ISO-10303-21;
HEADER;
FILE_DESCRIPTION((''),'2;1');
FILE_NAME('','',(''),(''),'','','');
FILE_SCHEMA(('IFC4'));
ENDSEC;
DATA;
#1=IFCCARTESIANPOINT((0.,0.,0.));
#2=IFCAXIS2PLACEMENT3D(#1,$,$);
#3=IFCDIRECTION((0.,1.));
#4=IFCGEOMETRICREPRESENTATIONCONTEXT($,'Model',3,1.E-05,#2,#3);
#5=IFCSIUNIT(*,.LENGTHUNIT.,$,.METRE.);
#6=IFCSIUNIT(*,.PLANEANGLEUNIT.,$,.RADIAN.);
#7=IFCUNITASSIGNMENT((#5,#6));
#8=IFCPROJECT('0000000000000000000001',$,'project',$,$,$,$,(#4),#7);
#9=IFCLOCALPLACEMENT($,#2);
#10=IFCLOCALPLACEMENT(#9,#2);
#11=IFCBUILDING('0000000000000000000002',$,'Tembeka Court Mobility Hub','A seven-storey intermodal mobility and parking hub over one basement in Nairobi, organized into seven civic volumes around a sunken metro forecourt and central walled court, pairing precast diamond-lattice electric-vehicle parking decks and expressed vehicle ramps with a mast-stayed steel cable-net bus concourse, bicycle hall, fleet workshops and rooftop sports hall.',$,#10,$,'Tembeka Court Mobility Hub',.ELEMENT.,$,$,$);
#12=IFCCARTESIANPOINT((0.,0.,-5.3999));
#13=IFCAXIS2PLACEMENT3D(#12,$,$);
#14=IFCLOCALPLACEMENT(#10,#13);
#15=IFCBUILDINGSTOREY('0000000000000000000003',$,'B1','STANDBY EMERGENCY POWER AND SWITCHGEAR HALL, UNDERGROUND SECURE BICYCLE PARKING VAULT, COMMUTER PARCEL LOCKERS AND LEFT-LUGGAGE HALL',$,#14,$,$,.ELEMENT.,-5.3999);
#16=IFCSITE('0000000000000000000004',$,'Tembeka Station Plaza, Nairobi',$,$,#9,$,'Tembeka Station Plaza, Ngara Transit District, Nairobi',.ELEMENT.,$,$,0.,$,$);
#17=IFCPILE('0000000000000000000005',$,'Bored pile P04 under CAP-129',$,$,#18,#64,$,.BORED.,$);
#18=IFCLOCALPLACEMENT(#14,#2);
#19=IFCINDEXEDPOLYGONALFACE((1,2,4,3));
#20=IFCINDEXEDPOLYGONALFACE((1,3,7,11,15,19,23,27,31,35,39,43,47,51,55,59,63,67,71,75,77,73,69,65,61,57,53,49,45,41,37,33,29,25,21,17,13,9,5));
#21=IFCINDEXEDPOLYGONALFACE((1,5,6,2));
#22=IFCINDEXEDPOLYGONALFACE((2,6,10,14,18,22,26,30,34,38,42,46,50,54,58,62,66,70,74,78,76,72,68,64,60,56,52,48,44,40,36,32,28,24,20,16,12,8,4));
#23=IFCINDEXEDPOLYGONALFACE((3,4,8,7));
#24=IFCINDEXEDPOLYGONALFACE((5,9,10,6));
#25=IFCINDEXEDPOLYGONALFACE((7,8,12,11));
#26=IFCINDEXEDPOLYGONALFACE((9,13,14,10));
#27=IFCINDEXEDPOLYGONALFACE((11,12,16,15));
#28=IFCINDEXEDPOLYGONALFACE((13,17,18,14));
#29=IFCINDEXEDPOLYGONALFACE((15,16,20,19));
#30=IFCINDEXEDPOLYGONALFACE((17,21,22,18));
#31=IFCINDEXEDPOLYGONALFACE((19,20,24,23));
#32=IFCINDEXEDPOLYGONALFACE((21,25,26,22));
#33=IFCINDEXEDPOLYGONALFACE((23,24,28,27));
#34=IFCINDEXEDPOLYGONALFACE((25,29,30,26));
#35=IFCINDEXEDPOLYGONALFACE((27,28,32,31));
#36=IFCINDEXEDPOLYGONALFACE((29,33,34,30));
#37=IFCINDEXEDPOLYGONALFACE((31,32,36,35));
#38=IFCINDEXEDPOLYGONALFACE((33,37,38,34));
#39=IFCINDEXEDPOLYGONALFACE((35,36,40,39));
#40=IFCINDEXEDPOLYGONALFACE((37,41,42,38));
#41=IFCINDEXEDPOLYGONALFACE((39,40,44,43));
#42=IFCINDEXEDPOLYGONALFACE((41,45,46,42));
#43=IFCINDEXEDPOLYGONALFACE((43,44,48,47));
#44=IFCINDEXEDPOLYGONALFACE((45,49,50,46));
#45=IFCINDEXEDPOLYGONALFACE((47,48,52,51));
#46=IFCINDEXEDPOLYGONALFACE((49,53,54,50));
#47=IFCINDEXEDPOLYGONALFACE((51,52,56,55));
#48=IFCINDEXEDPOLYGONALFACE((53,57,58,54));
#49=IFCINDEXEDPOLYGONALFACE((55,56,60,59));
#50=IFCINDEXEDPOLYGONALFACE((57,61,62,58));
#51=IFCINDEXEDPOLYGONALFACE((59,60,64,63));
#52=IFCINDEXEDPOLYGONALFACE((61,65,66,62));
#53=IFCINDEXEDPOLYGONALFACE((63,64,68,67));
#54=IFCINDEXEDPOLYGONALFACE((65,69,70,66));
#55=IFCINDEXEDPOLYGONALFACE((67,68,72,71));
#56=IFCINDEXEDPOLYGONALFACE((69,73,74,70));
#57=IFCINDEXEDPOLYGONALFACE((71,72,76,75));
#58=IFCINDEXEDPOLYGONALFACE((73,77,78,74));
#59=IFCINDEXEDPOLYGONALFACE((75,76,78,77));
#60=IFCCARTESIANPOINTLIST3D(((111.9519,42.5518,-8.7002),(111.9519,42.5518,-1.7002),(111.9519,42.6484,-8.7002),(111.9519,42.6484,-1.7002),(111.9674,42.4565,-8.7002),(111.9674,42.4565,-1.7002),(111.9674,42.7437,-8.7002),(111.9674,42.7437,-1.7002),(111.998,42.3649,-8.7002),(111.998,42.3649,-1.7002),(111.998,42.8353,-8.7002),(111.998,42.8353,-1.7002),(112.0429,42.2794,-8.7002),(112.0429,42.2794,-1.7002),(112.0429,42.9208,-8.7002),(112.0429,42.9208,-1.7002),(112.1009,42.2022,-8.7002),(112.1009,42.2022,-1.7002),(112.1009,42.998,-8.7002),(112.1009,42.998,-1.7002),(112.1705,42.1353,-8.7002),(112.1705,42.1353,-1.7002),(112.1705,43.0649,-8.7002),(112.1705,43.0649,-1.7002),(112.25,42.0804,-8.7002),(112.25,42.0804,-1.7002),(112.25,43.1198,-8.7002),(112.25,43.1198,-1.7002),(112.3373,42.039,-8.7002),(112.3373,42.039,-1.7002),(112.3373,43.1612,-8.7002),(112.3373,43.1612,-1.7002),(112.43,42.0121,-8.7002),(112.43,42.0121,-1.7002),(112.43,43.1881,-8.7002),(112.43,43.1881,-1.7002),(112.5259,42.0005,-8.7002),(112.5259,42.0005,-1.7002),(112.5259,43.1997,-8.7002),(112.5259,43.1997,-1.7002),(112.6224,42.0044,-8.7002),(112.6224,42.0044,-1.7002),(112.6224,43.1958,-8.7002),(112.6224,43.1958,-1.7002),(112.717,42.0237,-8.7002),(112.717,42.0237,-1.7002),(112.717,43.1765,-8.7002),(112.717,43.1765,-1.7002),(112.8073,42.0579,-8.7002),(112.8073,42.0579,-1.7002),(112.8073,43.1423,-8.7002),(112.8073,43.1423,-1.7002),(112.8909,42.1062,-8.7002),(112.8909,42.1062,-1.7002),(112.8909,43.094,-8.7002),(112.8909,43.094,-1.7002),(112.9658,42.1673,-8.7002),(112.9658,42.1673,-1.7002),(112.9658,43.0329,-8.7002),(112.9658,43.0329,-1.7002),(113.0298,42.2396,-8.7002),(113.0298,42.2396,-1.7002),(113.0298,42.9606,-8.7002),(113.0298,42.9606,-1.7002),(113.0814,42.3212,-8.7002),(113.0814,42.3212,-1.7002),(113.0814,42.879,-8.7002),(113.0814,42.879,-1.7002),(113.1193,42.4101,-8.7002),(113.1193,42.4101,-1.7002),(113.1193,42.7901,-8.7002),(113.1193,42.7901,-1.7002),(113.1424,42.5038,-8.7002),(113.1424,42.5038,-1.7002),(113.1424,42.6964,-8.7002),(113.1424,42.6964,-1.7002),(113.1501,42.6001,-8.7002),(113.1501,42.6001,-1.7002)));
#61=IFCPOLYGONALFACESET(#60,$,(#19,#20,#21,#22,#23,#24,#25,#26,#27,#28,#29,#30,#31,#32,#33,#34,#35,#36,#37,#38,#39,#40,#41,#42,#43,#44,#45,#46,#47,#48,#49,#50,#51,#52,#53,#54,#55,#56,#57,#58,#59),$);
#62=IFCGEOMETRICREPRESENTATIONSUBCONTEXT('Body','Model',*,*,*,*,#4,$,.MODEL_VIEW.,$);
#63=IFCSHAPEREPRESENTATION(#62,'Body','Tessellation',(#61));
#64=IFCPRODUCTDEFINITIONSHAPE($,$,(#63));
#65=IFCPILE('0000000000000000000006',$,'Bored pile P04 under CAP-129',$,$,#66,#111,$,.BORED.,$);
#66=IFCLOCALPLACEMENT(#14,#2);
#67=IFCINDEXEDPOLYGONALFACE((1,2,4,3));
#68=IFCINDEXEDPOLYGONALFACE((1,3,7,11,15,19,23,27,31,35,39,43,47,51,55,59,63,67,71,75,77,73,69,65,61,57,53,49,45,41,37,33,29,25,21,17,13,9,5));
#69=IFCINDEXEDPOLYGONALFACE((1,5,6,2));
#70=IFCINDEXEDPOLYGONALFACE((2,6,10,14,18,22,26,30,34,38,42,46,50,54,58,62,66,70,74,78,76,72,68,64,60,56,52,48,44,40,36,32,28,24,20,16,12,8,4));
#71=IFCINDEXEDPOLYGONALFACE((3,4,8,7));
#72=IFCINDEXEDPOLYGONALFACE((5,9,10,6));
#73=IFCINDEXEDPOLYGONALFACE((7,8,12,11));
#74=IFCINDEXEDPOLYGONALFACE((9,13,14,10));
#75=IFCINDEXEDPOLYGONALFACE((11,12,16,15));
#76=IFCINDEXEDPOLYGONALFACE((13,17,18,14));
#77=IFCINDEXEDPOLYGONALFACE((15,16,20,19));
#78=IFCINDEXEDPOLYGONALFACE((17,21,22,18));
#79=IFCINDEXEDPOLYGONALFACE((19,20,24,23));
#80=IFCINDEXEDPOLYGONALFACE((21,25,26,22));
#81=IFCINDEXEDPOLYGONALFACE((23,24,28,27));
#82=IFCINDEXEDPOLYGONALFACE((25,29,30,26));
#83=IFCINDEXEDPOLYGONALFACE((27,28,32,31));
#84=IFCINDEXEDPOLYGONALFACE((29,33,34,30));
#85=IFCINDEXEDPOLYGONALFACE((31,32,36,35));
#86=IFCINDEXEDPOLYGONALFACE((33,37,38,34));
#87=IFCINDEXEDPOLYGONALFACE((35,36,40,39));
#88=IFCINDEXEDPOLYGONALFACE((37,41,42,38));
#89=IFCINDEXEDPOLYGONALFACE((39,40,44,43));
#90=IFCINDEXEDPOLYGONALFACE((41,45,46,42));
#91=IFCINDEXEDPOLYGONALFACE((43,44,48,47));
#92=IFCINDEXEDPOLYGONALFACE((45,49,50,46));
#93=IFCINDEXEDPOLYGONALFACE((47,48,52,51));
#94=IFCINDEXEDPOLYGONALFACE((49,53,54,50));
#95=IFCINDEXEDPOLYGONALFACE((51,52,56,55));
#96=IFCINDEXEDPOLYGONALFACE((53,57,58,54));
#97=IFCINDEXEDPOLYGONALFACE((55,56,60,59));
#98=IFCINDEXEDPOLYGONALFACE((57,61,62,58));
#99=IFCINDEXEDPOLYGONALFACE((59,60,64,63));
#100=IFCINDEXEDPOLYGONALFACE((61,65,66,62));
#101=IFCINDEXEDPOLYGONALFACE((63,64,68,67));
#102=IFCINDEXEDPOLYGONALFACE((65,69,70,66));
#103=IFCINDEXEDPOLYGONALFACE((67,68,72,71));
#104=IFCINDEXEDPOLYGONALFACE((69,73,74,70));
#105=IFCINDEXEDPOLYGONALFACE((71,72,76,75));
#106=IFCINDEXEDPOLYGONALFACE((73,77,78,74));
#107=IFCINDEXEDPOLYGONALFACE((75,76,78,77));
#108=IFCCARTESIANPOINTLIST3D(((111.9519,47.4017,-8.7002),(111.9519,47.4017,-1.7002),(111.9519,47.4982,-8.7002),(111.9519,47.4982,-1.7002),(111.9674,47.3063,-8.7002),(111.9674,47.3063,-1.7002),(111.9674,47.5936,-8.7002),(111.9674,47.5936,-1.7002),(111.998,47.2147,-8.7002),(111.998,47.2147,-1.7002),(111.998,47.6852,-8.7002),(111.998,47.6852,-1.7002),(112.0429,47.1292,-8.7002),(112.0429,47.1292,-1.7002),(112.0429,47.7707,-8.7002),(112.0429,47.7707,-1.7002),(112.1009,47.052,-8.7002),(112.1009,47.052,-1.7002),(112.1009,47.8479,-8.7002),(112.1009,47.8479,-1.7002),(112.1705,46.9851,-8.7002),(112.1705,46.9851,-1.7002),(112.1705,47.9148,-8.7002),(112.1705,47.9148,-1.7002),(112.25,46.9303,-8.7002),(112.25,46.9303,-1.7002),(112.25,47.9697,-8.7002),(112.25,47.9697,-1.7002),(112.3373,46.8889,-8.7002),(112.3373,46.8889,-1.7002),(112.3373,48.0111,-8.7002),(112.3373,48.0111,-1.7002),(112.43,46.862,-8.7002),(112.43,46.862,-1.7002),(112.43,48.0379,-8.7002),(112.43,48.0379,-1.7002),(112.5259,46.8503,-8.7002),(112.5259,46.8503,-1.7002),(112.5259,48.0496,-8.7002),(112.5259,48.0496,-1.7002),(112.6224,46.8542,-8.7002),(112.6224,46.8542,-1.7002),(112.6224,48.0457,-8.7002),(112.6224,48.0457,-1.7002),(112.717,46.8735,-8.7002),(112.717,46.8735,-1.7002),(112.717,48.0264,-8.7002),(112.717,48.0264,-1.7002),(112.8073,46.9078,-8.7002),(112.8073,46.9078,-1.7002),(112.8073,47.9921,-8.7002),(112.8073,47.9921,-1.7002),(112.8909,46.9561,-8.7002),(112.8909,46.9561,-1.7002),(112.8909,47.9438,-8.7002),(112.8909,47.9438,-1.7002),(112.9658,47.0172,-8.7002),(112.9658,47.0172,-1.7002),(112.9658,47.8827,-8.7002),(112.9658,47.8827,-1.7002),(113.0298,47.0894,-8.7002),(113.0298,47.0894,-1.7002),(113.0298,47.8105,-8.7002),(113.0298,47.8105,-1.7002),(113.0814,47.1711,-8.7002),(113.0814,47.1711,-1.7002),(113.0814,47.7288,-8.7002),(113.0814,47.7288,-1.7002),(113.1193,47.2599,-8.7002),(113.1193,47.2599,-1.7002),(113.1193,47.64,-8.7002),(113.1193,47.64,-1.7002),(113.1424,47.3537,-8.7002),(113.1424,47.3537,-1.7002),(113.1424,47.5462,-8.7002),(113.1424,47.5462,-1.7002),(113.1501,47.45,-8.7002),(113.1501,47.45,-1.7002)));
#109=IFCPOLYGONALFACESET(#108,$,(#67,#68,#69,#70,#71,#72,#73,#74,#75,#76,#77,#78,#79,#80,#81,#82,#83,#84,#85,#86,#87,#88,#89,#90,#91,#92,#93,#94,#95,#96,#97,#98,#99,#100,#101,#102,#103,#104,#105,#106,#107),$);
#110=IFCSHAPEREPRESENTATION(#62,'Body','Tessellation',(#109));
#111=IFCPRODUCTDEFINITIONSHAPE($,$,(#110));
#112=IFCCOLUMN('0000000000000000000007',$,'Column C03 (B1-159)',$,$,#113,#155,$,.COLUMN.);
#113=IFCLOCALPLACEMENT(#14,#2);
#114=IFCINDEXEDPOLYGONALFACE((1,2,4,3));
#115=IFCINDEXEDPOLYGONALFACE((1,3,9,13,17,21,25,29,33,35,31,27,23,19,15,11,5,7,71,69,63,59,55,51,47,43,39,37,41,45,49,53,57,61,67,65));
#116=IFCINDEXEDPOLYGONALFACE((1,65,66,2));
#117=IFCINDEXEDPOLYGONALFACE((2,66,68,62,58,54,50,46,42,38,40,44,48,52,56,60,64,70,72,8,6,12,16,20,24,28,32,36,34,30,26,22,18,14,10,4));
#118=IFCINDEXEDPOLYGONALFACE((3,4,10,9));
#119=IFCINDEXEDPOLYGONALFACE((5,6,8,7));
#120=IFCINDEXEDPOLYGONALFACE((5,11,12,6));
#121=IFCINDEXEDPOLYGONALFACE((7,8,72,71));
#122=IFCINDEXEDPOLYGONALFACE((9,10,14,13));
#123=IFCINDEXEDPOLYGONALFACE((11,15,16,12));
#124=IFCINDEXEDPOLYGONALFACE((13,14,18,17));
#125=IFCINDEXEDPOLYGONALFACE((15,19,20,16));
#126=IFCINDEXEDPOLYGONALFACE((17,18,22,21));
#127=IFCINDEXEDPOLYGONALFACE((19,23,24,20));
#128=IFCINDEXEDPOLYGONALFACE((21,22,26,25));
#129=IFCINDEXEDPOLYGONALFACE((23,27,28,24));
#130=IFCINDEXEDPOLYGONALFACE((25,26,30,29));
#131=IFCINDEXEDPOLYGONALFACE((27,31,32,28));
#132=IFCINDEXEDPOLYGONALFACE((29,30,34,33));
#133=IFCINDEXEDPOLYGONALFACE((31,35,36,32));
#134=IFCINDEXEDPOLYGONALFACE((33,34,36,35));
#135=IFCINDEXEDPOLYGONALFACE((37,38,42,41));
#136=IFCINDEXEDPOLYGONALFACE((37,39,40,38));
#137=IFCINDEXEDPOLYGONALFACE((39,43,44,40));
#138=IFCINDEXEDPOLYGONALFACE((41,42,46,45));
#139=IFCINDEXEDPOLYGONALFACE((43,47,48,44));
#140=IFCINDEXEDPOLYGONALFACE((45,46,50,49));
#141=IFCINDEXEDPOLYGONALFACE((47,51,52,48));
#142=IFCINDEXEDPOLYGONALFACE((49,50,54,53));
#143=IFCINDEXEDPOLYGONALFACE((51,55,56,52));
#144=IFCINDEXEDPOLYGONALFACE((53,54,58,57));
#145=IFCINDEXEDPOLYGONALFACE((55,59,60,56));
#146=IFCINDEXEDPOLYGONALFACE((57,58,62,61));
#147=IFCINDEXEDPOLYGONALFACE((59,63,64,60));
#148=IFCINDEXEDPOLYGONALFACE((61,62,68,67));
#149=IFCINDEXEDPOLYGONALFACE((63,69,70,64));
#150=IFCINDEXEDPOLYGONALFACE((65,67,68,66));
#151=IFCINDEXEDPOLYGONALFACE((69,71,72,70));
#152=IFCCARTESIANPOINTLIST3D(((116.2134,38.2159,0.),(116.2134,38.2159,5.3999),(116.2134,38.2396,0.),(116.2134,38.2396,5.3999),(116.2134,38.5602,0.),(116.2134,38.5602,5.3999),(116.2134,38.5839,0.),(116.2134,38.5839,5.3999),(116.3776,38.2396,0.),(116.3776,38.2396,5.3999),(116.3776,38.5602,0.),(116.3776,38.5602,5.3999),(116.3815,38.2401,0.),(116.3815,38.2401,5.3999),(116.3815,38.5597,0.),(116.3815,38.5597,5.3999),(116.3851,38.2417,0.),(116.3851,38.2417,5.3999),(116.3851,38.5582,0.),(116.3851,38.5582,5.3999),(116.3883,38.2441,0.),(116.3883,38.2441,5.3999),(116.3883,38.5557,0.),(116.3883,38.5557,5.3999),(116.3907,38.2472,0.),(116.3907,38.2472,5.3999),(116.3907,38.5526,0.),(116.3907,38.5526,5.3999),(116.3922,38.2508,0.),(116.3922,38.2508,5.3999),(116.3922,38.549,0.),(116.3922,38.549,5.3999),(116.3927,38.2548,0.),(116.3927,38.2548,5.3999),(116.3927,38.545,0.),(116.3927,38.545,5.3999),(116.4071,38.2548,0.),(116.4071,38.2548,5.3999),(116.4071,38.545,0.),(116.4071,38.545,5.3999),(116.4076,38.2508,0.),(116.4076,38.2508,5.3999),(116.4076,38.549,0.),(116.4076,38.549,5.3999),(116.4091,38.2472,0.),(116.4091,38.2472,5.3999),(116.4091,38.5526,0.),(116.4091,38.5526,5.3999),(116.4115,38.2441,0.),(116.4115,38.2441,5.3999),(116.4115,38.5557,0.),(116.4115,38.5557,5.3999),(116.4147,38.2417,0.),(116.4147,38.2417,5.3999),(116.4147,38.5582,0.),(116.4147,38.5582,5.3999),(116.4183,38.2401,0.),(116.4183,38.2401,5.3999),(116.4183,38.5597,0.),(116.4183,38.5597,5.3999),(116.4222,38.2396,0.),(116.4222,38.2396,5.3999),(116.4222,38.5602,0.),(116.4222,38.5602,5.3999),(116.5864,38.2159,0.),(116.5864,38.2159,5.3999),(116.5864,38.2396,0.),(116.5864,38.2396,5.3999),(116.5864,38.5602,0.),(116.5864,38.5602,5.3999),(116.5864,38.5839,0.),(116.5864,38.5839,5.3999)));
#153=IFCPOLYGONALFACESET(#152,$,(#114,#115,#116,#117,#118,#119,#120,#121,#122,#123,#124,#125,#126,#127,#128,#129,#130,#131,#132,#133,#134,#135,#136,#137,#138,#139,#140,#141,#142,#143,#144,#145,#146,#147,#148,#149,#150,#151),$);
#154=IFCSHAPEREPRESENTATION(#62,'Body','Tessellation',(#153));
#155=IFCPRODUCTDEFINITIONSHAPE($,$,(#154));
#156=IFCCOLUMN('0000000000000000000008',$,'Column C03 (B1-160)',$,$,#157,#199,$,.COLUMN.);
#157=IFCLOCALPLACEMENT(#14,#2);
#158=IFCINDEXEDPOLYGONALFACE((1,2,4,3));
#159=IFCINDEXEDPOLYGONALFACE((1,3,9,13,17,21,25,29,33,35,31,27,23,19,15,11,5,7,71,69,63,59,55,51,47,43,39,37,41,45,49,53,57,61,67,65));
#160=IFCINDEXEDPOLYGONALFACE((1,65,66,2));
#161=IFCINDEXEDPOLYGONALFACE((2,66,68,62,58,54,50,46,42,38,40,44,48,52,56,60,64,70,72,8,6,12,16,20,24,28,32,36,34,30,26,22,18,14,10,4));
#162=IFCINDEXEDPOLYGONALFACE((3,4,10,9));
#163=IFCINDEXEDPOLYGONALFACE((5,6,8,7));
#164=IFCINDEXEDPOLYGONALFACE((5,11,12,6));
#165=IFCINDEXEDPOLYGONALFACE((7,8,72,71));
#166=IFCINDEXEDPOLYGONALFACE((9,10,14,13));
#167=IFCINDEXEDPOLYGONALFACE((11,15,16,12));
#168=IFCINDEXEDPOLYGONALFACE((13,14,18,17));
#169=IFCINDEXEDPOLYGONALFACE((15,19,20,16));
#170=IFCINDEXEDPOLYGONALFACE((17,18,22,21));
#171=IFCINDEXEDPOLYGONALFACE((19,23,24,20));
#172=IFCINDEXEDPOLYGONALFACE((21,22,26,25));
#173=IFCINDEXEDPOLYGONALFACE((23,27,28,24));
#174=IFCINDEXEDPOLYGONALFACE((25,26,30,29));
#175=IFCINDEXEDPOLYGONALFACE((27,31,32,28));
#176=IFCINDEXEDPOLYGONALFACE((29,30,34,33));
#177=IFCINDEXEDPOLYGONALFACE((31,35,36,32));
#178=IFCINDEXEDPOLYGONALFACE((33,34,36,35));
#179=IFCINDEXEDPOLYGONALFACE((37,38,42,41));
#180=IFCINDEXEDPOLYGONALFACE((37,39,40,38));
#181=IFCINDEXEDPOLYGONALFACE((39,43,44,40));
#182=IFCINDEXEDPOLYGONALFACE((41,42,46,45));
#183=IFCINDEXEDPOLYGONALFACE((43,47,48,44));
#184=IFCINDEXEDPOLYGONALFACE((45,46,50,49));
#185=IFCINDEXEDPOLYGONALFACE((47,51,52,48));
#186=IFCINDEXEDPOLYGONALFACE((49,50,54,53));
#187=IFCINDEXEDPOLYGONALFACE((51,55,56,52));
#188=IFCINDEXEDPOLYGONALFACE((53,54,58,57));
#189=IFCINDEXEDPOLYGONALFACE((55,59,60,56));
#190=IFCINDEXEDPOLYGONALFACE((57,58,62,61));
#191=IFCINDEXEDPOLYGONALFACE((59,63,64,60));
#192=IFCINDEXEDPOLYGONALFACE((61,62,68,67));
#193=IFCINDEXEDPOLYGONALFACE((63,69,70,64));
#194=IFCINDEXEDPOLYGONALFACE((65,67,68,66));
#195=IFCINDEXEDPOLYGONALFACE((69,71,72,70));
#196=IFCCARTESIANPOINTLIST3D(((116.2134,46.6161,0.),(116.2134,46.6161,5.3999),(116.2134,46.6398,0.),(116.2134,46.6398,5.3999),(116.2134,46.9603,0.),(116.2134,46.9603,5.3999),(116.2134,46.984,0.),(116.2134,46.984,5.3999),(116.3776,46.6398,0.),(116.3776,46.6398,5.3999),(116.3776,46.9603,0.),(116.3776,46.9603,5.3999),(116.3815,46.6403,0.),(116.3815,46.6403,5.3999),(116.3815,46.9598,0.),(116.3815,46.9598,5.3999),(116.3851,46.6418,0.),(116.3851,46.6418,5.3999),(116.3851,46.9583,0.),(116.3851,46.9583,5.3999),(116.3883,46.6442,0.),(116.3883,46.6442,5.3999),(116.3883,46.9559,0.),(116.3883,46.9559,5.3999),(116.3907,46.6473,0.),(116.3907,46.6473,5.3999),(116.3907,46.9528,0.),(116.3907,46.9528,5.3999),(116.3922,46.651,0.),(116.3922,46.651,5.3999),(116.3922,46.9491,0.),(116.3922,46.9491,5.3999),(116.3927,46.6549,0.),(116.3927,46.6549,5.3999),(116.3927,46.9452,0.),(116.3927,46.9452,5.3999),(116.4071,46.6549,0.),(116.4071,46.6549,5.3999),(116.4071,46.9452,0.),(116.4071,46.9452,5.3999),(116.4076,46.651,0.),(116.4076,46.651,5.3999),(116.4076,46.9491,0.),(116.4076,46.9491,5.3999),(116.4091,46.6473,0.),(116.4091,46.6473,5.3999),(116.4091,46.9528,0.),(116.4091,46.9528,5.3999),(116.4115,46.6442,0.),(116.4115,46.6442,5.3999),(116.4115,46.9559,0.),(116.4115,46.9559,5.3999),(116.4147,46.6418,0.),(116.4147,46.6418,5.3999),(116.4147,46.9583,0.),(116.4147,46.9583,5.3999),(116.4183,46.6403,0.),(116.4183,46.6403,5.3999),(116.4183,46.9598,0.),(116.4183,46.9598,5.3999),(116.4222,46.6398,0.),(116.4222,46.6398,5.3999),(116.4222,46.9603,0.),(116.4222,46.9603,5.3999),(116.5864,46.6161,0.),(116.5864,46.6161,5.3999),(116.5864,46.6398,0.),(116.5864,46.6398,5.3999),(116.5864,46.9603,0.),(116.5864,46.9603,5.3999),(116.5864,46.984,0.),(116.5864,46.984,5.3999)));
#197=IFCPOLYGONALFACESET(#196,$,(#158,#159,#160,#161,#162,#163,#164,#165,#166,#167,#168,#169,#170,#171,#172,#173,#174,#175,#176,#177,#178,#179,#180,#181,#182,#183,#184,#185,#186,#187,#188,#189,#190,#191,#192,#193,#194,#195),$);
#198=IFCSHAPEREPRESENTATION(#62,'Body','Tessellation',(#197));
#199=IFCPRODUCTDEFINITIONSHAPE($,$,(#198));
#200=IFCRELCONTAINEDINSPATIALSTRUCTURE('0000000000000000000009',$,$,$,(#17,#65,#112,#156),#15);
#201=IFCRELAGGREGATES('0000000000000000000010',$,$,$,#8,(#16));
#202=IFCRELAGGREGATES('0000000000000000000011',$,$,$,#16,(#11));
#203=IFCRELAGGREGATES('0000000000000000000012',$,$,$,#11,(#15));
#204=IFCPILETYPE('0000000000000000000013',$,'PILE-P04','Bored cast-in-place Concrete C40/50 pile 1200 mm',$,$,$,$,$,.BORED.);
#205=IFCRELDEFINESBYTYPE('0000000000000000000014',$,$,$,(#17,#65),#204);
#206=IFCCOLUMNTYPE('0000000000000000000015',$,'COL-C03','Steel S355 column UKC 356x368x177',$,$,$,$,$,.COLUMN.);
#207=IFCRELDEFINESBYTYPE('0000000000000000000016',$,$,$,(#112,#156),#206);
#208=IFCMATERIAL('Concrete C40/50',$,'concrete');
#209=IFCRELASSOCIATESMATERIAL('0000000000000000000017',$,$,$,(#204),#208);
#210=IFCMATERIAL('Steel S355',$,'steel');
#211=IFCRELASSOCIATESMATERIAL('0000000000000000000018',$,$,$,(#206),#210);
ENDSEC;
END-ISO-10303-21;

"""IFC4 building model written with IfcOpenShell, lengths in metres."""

from ifc_helpers import new_model, si_unit, direction, frame, origin, origin_2d, place, context, subcontext, project, spatial, circle, i_section, extrude, material, material_profile, profile_set, type_object, element, save


model = new_model("IFC4")

# Units and contexts
model_context = context("Model", 3, precision=1e-05, world=origin(), true_north=direction((0.0, 1.0)))
body_context = subcontext(model_context, "Body", "Model", "MODEL_VIEW")
ifc_project = project(units=[si_unit("LENGTHUNIT", "METRE"), si_unit("PLANEANGLEUNIT", "RADIAN")], contexts=[model_context])

# Site, building, storey
site_placement = place(None, origin())
site = spatial("IfcSite", under=ifc_project, at=site_placement, Name="Tembeka Station Plaza, Nairobi", LongName="Tembeka Station Plaza, Ngara Transit District, Nairobi", CompositionType="ELEMENT", RefElevation=0.0)
building_placement = place(site_placement, origin())
building = spatial("IfcBuilding", under=site, at=building_placement, Name="Tembeka Court Mobility Hub", Description="A seven-storey intermodal mobility and parking hub over one basement in Nairobi, organized into seven civic volumes around a sunken metro forecourt and central walled court, pairing precast diamond-lattice electric-vehicle parking decks and expressed vehicle ramps with a mast-stayed steel cable-net bus concourse, bicycle hall, fleet workshops and rooftop sports hall.", LongName="Tembeka Court Mobility Hub", CompositionType="ELEMENT")
storey_placement = place(building_placement, frame((0.0, 0.0, -5.3999)))
storey = spatial("IfcBuildingStorey", under=building, at=storey_placement, Name="B1", Description="STANDBY EMERGENCY POWER AND SWITCHGEAR HALL, UNDERGROUND SECURE BICYCLE PARKING VAULT, COMMUTER PARCEL LOCKERS AND LEFT-LUGGAGE HALL", CompositionType="ELEMENT", Elevation=-5.3999)

# Shared definitions
ifc_material_1 = material(Name="Concrete C40/50", Category="concrete")

# Piles
ifc_material_profile_1 = material_profile(ifc_material_1, circle(Radius=0.6001, at=origin_2d()), Name="PILE D1200")
ifc_profile_set_1 = profile_set([ifc_material_profile_1], Name="Concrete C40/50")
pile_type_1 = type_object("IfcPileType", Name="PILE-P04", Description="Bored cast-in-place Concrete C40/50 pile 1200 mm", PredefinedType="BORED", material=ifc_profile_set_1)
for number, where, z_axis, x_axis, name in (
    (1, (112.55, 42.6001, -1.7002), (0.0, 0.0, -1.0), (1.0, 0.0, 0.0), "Bored pile P04 under CAP-129"),
    (2, (112.55, 47.45, -1.7002), (0.0, 0.0, -1.0), (1.0, 0.0, 0.0), "Bored pile P04 under CAP-129"),
):
    element("IfcPile", number, at=place(storey_placement, frame(where, z_axis=z_axis, x_axis=x_axis)), inside=storey, type_object=pile_type_1, Name=name, PredefinedType="BORED", context=body_context, shape_type="SweptSolid", body=[
        extrude(circle(Radius=0.6001, at=origin_2d()), origin(), (0.0, 0.0, 1.0), 7.0),
    ])

# Columns
ifc_material_2 = material(Name="Steel S355", Category="steel")
ifc_material_profile_2 = material_profile(ifc_material_2, i_section(OverallWidth=0.373, OverallDepth=0.3679, WebThickness=0.0144, FlangeThickness=0.0237, FilletRadius=0.0151, at=origin_2d()), Name="UKC 356x368x177")
ifc_profile_set_2 = profile_set([ifc_material_profile_2], Name="Steel S355")
column_type_1 = type_object("IfcColumnType", Name="COL-C03", Description="Steel S355 column UKC 356x368x177", PredefinedType="COLUMN", material=ifc_profile_set_2)
for number, where, z_axis, x_axis, name in (
    (3, (116.3999, 38.3999, 0.0), (0.0, 0.0, 1.0), (1.0, 0.0, 0.0), "Column C03 (B1-159)"),
    (4, (116.3999, 46.8, 0.0), (0.0, 0.0, 1.0), (1.0, 0.0, 0.0), "Column C03 (B1-160)"),
):
    element("IfcColumn", number, at=place(storey_placement, frame(where, z_axis=z_axis, x_axis=x_axis)), inside=storey, type_object=column_type_1, Name=name, PredefinedType="COLUMN", context=body_context, shape_type="SweptSolid", body=[
        extrude(i_section(OverallWidth=0.373, OverallDepth=0.3679, WebThickness=0.0144, FlangeThickness=0.0237, FilletRadius=0.0151, at=origin_2d()), origin(), (0.0, 0.0, 1.0), 5.3999),
    ])

save(model, "model.ifc")
